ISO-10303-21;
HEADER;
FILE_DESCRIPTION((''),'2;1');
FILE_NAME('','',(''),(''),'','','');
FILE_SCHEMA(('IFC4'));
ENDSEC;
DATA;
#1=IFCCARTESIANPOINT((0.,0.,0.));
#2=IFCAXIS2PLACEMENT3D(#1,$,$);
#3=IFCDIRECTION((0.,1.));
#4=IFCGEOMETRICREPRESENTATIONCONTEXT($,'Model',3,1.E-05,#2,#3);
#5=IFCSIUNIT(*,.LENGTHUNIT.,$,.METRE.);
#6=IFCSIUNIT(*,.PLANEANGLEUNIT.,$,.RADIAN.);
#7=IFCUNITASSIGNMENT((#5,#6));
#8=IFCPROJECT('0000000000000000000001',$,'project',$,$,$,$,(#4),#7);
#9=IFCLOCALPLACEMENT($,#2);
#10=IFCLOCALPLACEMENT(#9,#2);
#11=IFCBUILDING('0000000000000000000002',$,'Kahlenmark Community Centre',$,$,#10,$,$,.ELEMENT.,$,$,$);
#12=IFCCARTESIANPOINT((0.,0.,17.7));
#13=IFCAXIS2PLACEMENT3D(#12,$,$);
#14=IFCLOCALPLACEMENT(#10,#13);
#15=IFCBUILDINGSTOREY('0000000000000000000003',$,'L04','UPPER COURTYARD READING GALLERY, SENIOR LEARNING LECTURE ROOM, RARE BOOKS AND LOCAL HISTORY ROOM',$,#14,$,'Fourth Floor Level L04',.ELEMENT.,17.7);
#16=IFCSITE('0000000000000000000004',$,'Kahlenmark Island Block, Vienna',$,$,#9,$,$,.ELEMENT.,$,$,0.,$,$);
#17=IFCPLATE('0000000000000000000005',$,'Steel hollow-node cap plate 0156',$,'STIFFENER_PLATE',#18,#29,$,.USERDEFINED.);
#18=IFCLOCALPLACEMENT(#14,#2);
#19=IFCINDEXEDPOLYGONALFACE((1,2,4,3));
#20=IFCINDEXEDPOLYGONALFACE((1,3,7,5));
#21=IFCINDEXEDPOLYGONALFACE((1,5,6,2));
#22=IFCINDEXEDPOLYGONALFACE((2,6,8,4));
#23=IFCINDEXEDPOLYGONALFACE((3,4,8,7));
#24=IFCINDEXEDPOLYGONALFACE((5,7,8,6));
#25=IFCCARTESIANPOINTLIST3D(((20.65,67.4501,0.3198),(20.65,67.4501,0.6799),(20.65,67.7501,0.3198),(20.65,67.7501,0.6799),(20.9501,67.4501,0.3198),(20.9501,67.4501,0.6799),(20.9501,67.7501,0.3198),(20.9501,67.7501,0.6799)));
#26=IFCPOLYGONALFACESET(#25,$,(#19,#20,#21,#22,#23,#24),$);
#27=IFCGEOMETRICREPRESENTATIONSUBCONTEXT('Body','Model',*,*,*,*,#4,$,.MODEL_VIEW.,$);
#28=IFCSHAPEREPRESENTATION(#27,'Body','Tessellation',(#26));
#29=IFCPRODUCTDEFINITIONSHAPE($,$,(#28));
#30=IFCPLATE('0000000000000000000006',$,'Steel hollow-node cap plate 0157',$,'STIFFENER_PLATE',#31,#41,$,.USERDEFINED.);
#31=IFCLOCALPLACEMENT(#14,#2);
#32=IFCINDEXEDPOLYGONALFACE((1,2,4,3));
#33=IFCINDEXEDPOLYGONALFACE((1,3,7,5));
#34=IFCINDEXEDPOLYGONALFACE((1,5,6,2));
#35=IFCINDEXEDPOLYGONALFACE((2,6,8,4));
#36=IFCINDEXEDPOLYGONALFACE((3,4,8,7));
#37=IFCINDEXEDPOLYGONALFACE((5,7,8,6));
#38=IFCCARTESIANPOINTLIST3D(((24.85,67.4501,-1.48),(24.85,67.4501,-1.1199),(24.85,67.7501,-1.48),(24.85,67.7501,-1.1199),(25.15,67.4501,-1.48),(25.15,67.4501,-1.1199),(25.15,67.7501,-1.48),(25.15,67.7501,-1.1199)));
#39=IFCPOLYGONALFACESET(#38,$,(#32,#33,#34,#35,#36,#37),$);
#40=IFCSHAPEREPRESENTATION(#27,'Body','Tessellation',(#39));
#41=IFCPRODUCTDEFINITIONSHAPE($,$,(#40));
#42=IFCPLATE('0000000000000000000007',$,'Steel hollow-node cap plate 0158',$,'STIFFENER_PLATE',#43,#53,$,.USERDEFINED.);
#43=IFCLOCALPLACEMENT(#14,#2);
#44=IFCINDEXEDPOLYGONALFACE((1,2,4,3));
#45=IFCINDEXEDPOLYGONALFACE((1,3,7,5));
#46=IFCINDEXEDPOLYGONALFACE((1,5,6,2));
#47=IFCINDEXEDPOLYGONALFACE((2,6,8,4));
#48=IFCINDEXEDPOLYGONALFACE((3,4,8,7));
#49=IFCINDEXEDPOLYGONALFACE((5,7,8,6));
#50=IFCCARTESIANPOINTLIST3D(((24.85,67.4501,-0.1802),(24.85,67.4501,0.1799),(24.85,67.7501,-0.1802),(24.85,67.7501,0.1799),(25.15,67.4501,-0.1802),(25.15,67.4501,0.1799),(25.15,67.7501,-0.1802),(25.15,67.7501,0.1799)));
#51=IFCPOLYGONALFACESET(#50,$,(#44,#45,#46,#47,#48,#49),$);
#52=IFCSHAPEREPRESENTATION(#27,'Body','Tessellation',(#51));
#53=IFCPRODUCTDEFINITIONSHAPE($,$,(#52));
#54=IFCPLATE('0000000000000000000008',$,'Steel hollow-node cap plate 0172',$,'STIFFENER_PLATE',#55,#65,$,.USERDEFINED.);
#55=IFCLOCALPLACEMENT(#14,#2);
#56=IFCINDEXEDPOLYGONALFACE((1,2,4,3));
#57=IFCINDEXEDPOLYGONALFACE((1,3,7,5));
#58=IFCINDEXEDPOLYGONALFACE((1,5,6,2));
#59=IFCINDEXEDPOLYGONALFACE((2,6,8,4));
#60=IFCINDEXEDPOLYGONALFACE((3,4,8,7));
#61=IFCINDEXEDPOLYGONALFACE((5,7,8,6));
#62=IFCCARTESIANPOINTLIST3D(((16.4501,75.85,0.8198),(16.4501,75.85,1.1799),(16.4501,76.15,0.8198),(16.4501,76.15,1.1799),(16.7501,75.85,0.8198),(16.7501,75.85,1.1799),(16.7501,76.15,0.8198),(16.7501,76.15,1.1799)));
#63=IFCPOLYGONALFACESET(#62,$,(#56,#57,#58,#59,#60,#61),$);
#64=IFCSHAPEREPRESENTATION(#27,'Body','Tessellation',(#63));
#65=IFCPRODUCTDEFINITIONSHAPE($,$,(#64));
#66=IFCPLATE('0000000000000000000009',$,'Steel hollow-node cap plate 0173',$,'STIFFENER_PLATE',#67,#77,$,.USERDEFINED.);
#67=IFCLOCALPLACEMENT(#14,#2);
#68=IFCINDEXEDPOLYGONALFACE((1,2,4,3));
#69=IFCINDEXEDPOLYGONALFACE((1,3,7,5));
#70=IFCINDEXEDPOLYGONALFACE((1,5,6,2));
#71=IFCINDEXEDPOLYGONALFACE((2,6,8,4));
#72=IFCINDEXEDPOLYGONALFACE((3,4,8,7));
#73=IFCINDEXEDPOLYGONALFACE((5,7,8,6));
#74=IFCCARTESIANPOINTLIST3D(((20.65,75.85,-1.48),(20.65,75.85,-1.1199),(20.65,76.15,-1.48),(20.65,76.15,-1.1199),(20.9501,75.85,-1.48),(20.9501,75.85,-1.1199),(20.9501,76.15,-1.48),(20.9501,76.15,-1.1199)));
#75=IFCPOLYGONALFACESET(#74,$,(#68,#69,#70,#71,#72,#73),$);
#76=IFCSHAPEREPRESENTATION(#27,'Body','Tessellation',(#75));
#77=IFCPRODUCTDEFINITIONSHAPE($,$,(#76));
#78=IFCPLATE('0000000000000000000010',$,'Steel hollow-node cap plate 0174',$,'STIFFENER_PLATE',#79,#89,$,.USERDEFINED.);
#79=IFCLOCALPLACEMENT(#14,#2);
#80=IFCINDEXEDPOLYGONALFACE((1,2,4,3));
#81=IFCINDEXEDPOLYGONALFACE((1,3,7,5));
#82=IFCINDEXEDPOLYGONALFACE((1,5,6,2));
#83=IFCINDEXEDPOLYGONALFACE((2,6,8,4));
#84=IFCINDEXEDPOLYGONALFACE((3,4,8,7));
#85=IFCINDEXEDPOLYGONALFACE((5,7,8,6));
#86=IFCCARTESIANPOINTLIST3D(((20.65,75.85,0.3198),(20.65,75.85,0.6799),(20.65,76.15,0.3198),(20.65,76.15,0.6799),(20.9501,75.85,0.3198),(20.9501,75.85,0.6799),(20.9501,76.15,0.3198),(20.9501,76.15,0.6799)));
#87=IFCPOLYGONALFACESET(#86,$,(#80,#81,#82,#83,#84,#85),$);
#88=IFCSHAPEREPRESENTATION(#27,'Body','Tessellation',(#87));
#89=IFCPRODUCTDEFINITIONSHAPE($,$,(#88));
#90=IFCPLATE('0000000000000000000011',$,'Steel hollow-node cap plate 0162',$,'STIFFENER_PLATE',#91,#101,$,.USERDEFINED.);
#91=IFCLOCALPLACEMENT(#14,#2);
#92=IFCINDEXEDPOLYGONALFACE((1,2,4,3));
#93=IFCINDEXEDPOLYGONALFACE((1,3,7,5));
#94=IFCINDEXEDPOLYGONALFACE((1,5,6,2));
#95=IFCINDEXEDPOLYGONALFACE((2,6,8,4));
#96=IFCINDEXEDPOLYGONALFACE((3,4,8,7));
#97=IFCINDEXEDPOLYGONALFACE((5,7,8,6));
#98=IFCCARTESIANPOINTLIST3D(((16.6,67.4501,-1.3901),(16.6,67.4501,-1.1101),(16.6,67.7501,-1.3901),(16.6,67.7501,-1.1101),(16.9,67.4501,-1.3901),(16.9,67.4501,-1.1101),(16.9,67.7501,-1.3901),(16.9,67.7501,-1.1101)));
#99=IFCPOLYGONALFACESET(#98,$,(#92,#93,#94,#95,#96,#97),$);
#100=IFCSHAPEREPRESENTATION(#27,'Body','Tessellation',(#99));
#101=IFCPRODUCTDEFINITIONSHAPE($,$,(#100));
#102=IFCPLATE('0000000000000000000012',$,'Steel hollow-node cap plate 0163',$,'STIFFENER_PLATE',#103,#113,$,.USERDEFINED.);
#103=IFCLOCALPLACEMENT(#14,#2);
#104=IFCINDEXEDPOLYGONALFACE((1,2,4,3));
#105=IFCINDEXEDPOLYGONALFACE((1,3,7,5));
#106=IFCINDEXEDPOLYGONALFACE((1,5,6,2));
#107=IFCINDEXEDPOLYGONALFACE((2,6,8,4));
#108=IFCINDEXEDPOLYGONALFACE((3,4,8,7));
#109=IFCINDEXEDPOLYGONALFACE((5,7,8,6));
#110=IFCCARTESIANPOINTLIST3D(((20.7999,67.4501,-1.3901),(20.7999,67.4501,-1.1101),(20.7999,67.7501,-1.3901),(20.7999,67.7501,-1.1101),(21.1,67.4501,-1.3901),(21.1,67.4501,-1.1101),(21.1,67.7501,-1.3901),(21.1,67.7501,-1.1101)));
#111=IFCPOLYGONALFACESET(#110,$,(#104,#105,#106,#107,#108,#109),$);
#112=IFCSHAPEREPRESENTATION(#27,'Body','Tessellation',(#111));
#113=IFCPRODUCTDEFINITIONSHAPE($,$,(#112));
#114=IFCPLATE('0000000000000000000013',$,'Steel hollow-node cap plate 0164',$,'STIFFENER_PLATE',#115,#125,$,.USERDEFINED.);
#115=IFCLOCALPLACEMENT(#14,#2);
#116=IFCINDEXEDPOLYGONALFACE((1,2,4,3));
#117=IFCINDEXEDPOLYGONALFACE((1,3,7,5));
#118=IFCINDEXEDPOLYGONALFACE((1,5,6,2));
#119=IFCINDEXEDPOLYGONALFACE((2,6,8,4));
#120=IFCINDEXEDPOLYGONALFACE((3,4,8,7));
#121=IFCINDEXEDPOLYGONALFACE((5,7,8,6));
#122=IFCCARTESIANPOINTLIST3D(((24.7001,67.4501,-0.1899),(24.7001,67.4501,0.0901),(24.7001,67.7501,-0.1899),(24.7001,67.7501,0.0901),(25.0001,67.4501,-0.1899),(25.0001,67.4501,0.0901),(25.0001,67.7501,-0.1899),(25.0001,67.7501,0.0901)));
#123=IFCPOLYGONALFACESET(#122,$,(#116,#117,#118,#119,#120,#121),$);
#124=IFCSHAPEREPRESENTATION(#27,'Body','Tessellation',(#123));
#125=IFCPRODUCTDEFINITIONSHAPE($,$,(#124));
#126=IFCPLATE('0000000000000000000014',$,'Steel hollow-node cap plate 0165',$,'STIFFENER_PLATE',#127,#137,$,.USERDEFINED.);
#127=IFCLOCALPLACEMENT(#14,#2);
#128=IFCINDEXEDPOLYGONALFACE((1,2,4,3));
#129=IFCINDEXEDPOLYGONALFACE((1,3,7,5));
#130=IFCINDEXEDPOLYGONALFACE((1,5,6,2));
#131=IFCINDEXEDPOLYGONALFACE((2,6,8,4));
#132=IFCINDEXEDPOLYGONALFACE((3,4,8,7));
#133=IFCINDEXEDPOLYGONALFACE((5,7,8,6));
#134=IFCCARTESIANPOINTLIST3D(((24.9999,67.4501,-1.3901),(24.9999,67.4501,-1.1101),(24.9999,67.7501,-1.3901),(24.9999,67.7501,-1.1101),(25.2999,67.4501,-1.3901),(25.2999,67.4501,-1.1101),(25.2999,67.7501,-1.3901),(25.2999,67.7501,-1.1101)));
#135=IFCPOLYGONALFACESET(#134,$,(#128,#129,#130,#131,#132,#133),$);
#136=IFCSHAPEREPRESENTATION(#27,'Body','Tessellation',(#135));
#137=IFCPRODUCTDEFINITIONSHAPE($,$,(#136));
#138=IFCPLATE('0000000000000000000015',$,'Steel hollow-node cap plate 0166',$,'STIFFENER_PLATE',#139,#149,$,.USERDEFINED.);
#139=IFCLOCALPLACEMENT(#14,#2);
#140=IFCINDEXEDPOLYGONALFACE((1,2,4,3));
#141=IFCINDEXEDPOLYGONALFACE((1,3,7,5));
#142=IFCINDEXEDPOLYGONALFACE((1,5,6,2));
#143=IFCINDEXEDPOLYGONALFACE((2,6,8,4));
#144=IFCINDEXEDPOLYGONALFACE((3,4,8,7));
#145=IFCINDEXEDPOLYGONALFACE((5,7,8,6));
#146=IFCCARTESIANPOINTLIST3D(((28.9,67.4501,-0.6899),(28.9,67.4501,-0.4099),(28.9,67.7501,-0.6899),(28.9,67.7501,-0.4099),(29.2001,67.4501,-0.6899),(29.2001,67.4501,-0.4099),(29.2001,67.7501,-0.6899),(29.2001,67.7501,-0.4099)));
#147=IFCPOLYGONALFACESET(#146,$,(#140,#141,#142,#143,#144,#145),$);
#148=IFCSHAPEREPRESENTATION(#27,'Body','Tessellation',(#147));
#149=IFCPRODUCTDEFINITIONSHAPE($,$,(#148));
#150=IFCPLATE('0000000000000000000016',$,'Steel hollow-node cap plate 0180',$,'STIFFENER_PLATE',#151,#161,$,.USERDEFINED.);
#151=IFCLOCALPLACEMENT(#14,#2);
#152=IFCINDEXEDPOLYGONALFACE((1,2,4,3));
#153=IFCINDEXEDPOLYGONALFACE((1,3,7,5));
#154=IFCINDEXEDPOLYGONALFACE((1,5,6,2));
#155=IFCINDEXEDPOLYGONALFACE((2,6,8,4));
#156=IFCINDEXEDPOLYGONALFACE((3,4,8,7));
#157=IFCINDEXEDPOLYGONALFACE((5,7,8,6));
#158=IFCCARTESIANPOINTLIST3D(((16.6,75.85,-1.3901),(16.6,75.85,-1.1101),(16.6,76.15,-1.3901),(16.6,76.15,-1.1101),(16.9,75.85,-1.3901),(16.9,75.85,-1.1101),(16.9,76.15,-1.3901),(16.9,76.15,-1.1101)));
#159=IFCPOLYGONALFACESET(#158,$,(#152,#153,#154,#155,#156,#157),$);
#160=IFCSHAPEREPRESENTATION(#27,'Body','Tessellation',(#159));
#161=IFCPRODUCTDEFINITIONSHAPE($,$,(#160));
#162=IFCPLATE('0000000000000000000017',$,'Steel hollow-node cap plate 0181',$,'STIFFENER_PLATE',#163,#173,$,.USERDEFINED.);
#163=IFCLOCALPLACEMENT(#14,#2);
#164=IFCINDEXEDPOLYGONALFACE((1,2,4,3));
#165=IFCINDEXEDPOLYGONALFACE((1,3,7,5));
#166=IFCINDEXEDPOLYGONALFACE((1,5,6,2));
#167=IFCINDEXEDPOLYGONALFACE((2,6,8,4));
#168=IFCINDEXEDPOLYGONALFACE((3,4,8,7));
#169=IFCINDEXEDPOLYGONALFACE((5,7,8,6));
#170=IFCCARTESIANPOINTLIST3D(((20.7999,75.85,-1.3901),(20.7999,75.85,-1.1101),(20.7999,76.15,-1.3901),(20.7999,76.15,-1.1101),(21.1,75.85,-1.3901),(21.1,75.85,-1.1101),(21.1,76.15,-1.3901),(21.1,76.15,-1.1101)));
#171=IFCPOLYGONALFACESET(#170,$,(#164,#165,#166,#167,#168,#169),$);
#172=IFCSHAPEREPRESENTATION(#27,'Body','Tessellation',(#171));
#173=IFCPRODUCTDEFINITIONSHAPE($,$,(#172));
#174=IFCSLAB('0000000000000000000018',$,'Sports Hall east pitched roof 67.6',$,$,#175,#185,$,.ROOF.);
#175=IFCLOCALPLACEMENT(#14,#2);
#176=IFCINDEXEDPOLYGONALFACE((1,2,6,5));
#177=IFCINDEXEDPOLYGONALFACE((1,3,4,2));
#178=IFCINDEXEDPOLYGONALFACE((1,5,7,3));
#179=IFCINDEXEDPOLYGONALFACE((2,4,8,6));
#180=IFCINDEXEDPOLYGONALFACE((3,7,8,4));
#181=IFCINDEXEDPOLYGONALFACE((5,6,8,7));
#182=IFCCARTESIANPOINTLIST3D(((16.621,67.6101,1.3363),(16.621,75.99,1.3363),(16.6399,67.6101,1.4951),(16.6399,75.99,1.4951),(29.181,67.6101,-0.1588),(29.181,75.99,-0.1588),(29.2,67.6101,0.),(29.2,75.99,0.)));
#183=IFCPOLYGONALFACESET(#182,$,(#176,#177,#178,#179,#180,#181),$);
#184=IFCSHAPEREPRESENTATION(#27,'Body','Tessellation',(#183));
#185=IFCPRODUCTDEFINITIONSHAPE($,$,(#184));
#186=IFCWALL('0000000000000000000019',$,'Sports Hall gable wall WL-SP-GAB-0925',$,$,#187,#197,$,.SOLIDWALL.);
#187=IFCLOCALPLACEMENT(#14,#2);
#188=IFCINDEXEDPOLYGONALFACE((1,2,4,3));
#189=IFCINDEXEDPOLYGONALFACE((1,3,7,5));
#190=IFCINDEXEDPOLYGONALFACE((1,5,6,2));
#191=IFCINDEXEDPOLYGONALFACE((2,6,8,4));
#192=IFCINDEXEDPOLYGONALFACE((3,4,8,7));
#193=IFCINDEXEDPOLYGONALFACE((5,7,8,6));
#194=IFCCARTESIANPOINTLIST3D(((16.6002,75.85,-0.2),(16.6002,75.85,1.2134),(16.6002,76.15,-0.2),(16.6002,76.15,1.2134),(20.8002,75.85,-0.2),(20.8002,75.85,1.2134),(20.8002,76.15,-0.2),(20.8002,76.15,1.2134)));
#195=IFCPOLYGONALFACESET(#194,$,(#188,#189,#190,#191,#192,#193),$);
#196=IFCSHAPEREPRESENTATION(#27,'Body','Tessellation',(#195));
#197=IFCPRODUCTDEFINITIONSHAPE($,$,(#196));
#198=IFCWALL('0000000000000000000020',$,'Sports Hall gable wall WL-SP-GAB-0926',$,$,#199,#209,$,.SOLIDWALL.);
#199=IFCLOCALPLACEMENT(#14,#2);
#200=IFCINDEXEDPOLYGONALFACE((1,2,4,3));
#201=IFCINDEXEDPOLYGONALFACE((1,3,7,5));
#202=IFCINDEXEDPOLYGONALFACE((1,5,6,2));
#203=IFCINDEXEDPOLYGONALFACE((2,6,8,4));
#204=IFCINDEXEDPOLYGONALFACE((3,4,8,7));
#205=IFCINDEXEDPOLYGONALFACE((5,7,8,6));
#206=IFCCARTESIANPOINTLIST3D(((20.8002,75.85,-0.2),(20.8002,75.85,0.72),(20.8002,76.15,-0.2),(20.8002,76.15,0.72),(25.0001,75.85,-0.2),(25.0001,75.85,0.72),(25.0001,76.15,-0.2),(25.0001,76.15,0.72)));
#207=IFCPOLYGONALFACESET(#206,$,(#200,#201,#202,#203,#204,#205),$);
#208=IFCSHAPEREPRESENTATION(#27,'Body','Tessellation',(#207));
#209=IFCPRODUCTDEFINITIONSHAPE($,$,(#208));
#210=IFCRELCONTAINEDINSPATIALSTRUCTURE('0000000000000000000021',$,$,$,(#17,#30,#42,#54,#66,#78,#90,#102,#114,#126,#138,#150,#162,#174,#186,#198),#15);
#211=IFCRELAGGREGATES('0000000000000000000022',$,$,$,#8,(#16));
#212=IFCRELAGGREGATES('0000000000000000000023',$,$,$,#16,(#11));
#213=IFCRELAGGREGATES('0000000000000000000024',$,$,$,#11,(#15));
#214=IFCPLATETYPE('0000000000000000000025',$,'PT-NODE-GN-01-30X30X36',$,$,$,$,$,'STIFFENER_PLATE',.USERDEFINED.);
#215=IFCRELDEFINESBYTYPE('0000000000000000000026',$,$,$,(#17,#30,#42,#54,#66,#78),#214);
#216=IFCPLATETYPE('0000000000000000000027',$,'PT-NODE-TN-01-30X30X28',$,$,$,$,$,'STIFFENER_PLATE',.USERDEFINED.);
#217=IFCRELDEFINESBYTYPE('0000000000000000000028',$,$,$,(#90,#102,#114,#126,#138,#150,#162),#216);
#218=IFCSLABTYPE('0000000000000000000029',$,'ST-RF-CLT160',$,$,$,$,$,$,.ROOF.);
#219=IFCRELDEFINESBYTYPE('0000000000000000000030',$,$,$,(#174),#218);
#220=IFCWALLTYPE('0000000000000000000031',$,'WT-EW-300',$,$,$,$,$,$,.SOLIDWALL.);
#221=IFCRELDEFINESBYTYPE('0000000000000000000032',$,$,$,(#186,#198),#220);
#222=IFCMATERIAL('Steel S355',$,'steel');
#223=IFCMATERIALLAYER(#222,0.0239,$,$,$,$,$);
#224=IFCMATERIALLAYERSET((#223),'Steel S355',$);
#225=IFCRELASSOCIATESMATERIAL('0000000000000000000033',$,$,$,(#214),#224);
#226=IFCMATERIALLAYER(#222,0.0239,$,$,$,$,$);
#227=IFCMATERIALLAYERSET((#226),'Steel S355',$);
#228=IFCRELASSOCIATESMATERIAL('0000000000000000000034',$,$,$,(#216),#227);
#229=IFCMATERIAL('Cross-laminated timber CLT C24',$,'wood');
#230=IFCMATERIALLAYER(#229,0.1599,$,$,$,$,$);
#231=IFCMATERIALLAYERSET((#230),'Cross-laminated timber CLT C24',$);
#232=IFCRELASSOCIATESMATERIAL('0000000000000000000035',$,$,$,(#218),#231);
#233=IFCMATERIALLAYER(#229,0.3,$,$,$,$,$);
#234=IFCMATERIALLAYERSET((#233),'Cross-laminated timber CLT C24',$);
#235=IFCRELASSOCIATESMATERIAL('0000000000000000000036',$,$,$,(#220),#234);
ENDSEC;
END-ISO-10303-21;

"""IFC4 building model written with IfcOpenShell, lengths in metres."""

from ifc_helpers import new_model, si_unit, direction, frame, frame_2d, origin, origin_2d, place, context, subcontext, project, spatial, polyline, rectangle, outline, extrude, material, layer, layer_set, type_object, element, save


model = new_model("IFC4")

# Units and contexts
model_context = context("Model", 3, precision=1e-05, world=origin(), true_north=direction((0.0, 1.0)))
body_context = subcontext(model_context, "Body", "Model", "MODEL_VIEW")
ifc_project = project(units=[si_unit("LENGTHUNIT", "METRE"), si_unit("PLANEANGLEUNIT", "RADIAN")], contexts=[model_context])

# Site, building, storey
site_placement = place(None, origin())
site = spatial("IfcSite", under=ifc_project, at=site_placement, Name="Kahlenmark Island Block, Vienna", CompositionType="ELEMENT", RefElevation=0.0)
building_placement = place(site_placement, origin())
building = spatial("IfcBuilding", under=site, at=building_placement, Name="Kahlenmark Community Centre", CompositionType="ELEMENT")
storey_placement = place(building_placement, frame((0.0, 0.0, 17.7)))
storey = spatial("IfcBuildingStorey", under=building, at=storey_placement, Name="L04", Description="UPPER COURTYARD READING GALLERY, SENIOR LEARNING LECTURE ROOM, RARE BOOKS AND LOCAL HISTORY ROOM", LongName="Fourth Floor Level L04", CompositionType="ELEMENT", Elevation=17.7)

# Shared definitions
ifc_material_1 = material(Name="Steel S355", Category="steel")

# Plates
ifc_layer_1 = layer(ifc_material_1, 0.0239)
ifc_layer_set_1 = layer_set([ifc_layer_1], Name="Steel S355")
plate_type_1 = type_object("IfcPlateType", Name="PT-NODE-GN-01-30X30X36", ElementType="STIFFENER_PLATE", PredefinedType="USERDEFINED", material=ifc_layer_set_1)
for number, where, z_axis, x_axis, name in (
    (1, (20.8, 67.6001, 0.3198), (0.0, 0.0, 1.0), (1.0, 0.0, 0.0), "Steel hollow-node cap plate 0156"),
    (2, (25.0, 67.6001, -1.48), (0.0, 0.0, 1.0), (1.0, 0.0, 0.0), "Steel hollow-node cap plate 0157"),
    (3, (25.0, 67.6001, -0.1802), (0.0, 0.0, 1.0), (1.0, 0.0, 0.0), "Steel hollow-node cap plate 0158"),
    (4, (16.6001, 76.0, 0.8198), (0.0, 0.0, 1.0), (1.0, 0.0, 0.0), "Steel hollow-node cap plate 0172"),
    (5, (20.8, 76.0, -1.48), (0.0, 0.0, 1.0), (1.0, 0.0, 0.0), "Steel hollow-node cap plate 0173"),
    (6, (20.8, 76.0, 0.3198), (0.0, 0.0, 1.0), (1.0, 0.0, 0.0), "Steel hollow-node cap plate 0174"),
):
    element("IfcPlate", number, at=place(storey_placement, frame(where, z_axis=z_axis, x_axis=x_axis)), inside=storey, type_object=plate_type_1, Name=name, ObjectType="STIFFENER_PLATE", PredefinedType="USERDEFINED", context=body_context, shape_type="SweptSolid", body=[
        extrude(rectangle(XDim=0.3, YDim=0.3, at=origin_2d()), origin(), (0.0, 0.0, 1.0), 0.3601),
    ])
ifc_layer_2 = layer(ifc_material_1, 0.0239)
ifc_layer_set_2 = layer_set([ifc_layer_2], Name="Steel S355")
plate_type_2 = type_object("IfcPlateType", Name="PT-NODE-TN-01-30X30X28", ElementType="STIFFENER_PLATE", PredefinedType="USERDEFINED", material=ifc_layer_set_2)
for number, where, z_axis, x_axis, name in (
    (7, (16.75, 67.6001, -1.3901), (0.0, 0.0, 1.0), (1.0, 0.0, 0.0), "Steel hollow-node cap plate 0162"),
    (8, (20.95, 67.6001, -1.3901), (0.0, 0.0, 1.0), (1.0, 0.0, 0.0), "Steel hollow-node cap plate 0163"),
    (9, (24.8501, 67.6001, -0.1899), (0.0, 0.0, 1.0), (1.0, 0.0, 0.0), "Steel hollow-node cap plate 0164"),
    (10, (25.1499, 67.6001, -1.3901), (0.0, 0.0, 1.0), (1.0, 0.0, 0.0), "Steel hollow-node cap plate 0165"),
    (11, (29.05, 67.6001, -0.6899), (0.0, 0.0, 1.0), (1.0, 0.0, 0.0), "Steel hollow-node cap plate 0166"),
    (12, (16.75, 76.0, -1.3901), (0.0, 0.0, 1.0), (1.0, 0.0, 0.0), "Steel hollow-node cap plate 0180"),
    (13, (20.95, 76.0, -1.3901), (0.0, 0.0, 1.0), (1.0, 0.0, 0.0), "Steel hollow-node cap plate 0181"),
):
    element("IfcPlate", number, at=place(storey_placement, frame(where, z_axis=z_axis, x_axis=x_axis)), inside=storey, type_object=plate_type_2, Name=name, ObjectType="STIFFENER_PLATE", PredefinedType="USERDEFINED", context=body_context, shape_type="SweptSolid", body=[
        extrude(rectangle(XDim=0.3, YDim=0.3, at=origin_2d()), origin(), (0.0, 0.0, 1.0), 0.28),
    ])

# Slab
ifc_material_2 = material(Name="Cross-laminated timber CLT C24", Category="wood")
ifc_layer_3 = layer(ifc_material_2, 0.1599)
ifc_layer_set_3 = layer_set([ifc_layer_3], Name="Cross-laminated timber CLT C24")
slab_type = type_object("IfcSlabType", Name="ST-RF-CLT160", PredefinedType="ROOF", material=ifc_layer_set_3)
slab_placement = place(storey_placement, frame((16.6399, 67.6101, 1.4951), z_axis=(0.118203, 0.0, 0.992989), x_axis=(0.992989, 0.0, -0.118203)))
element("IfcSlab", 14, at=slab_placement, inside=storey, type_object=slab_type, Name="Sports Hall east pitched roof 67.6", PredefinedType="ROOF", context=body_context, shape_type="SweptSolid", body=[
    extrude(outline(polyline([(0.0, 0.0), (12.6487, 0.0), (12.6487, 8.3799), (0.0, 8.3799), (0.0, 0.0)])), origin(), (0.0, 0.0, -1.0), 0.1599),
])

# Walls
ifc_layer_4 = layer(ifc_material_2, 0.3)
ifc_layer_set_4 = layer_set([ifc_layer_4], Name="Cross-laminated timber CLT C24")
wall_type = type_object("IfcWallType", Name="WT-EW-300", PredefinedType="SOLIDWALL", material=ifc_layer_set_4)
wall_1_placement = place(storey_placement, frame((16.6001, 76.0, -0.2), z_axis=(0.0, 0.0, 1.0), x_axis=(1.0, 0.0, 0.0)))
element("IfcWall", 15, at=wall_1_placement, inside=storey, type_object=wall_type, Name="Sports Hall gable wall WL-SP-GAB-0925", PredefinedType="SOLIDWALL", context=body_context, shape_type="SweptSolid", body=[
    extrude(rectangle(XDim=4.2, YDim=0.3, at=frame_2d((2.1001, 0.0))), origin(), (0.0, 0.0, 1.0), 1.4133),
])
wall_2_placement = place(storey_placement, frame((20.8, 76.0, -0.2), z_axis=(0.0, 0.0, 1.0), x_axis=(1.0, 0.0, 0.0)))
element("IfcWall", 16, at=wall_2_placement, inside=storey, type_object=wall_type, Name="Sports Hall gable wall WL-SP-GAB-0926", PredefinedType="SOLIDWALL", context=body_context, shape_type="SweptSolid", body=[
    extrude(rectangle(XDim=4.2, YDim=0.3, at=frame_2d((2.1001, 0.0))), origin(), (0.0, 0.0, 1.0), 0.9199),
])

save(model, "model.ifc")
